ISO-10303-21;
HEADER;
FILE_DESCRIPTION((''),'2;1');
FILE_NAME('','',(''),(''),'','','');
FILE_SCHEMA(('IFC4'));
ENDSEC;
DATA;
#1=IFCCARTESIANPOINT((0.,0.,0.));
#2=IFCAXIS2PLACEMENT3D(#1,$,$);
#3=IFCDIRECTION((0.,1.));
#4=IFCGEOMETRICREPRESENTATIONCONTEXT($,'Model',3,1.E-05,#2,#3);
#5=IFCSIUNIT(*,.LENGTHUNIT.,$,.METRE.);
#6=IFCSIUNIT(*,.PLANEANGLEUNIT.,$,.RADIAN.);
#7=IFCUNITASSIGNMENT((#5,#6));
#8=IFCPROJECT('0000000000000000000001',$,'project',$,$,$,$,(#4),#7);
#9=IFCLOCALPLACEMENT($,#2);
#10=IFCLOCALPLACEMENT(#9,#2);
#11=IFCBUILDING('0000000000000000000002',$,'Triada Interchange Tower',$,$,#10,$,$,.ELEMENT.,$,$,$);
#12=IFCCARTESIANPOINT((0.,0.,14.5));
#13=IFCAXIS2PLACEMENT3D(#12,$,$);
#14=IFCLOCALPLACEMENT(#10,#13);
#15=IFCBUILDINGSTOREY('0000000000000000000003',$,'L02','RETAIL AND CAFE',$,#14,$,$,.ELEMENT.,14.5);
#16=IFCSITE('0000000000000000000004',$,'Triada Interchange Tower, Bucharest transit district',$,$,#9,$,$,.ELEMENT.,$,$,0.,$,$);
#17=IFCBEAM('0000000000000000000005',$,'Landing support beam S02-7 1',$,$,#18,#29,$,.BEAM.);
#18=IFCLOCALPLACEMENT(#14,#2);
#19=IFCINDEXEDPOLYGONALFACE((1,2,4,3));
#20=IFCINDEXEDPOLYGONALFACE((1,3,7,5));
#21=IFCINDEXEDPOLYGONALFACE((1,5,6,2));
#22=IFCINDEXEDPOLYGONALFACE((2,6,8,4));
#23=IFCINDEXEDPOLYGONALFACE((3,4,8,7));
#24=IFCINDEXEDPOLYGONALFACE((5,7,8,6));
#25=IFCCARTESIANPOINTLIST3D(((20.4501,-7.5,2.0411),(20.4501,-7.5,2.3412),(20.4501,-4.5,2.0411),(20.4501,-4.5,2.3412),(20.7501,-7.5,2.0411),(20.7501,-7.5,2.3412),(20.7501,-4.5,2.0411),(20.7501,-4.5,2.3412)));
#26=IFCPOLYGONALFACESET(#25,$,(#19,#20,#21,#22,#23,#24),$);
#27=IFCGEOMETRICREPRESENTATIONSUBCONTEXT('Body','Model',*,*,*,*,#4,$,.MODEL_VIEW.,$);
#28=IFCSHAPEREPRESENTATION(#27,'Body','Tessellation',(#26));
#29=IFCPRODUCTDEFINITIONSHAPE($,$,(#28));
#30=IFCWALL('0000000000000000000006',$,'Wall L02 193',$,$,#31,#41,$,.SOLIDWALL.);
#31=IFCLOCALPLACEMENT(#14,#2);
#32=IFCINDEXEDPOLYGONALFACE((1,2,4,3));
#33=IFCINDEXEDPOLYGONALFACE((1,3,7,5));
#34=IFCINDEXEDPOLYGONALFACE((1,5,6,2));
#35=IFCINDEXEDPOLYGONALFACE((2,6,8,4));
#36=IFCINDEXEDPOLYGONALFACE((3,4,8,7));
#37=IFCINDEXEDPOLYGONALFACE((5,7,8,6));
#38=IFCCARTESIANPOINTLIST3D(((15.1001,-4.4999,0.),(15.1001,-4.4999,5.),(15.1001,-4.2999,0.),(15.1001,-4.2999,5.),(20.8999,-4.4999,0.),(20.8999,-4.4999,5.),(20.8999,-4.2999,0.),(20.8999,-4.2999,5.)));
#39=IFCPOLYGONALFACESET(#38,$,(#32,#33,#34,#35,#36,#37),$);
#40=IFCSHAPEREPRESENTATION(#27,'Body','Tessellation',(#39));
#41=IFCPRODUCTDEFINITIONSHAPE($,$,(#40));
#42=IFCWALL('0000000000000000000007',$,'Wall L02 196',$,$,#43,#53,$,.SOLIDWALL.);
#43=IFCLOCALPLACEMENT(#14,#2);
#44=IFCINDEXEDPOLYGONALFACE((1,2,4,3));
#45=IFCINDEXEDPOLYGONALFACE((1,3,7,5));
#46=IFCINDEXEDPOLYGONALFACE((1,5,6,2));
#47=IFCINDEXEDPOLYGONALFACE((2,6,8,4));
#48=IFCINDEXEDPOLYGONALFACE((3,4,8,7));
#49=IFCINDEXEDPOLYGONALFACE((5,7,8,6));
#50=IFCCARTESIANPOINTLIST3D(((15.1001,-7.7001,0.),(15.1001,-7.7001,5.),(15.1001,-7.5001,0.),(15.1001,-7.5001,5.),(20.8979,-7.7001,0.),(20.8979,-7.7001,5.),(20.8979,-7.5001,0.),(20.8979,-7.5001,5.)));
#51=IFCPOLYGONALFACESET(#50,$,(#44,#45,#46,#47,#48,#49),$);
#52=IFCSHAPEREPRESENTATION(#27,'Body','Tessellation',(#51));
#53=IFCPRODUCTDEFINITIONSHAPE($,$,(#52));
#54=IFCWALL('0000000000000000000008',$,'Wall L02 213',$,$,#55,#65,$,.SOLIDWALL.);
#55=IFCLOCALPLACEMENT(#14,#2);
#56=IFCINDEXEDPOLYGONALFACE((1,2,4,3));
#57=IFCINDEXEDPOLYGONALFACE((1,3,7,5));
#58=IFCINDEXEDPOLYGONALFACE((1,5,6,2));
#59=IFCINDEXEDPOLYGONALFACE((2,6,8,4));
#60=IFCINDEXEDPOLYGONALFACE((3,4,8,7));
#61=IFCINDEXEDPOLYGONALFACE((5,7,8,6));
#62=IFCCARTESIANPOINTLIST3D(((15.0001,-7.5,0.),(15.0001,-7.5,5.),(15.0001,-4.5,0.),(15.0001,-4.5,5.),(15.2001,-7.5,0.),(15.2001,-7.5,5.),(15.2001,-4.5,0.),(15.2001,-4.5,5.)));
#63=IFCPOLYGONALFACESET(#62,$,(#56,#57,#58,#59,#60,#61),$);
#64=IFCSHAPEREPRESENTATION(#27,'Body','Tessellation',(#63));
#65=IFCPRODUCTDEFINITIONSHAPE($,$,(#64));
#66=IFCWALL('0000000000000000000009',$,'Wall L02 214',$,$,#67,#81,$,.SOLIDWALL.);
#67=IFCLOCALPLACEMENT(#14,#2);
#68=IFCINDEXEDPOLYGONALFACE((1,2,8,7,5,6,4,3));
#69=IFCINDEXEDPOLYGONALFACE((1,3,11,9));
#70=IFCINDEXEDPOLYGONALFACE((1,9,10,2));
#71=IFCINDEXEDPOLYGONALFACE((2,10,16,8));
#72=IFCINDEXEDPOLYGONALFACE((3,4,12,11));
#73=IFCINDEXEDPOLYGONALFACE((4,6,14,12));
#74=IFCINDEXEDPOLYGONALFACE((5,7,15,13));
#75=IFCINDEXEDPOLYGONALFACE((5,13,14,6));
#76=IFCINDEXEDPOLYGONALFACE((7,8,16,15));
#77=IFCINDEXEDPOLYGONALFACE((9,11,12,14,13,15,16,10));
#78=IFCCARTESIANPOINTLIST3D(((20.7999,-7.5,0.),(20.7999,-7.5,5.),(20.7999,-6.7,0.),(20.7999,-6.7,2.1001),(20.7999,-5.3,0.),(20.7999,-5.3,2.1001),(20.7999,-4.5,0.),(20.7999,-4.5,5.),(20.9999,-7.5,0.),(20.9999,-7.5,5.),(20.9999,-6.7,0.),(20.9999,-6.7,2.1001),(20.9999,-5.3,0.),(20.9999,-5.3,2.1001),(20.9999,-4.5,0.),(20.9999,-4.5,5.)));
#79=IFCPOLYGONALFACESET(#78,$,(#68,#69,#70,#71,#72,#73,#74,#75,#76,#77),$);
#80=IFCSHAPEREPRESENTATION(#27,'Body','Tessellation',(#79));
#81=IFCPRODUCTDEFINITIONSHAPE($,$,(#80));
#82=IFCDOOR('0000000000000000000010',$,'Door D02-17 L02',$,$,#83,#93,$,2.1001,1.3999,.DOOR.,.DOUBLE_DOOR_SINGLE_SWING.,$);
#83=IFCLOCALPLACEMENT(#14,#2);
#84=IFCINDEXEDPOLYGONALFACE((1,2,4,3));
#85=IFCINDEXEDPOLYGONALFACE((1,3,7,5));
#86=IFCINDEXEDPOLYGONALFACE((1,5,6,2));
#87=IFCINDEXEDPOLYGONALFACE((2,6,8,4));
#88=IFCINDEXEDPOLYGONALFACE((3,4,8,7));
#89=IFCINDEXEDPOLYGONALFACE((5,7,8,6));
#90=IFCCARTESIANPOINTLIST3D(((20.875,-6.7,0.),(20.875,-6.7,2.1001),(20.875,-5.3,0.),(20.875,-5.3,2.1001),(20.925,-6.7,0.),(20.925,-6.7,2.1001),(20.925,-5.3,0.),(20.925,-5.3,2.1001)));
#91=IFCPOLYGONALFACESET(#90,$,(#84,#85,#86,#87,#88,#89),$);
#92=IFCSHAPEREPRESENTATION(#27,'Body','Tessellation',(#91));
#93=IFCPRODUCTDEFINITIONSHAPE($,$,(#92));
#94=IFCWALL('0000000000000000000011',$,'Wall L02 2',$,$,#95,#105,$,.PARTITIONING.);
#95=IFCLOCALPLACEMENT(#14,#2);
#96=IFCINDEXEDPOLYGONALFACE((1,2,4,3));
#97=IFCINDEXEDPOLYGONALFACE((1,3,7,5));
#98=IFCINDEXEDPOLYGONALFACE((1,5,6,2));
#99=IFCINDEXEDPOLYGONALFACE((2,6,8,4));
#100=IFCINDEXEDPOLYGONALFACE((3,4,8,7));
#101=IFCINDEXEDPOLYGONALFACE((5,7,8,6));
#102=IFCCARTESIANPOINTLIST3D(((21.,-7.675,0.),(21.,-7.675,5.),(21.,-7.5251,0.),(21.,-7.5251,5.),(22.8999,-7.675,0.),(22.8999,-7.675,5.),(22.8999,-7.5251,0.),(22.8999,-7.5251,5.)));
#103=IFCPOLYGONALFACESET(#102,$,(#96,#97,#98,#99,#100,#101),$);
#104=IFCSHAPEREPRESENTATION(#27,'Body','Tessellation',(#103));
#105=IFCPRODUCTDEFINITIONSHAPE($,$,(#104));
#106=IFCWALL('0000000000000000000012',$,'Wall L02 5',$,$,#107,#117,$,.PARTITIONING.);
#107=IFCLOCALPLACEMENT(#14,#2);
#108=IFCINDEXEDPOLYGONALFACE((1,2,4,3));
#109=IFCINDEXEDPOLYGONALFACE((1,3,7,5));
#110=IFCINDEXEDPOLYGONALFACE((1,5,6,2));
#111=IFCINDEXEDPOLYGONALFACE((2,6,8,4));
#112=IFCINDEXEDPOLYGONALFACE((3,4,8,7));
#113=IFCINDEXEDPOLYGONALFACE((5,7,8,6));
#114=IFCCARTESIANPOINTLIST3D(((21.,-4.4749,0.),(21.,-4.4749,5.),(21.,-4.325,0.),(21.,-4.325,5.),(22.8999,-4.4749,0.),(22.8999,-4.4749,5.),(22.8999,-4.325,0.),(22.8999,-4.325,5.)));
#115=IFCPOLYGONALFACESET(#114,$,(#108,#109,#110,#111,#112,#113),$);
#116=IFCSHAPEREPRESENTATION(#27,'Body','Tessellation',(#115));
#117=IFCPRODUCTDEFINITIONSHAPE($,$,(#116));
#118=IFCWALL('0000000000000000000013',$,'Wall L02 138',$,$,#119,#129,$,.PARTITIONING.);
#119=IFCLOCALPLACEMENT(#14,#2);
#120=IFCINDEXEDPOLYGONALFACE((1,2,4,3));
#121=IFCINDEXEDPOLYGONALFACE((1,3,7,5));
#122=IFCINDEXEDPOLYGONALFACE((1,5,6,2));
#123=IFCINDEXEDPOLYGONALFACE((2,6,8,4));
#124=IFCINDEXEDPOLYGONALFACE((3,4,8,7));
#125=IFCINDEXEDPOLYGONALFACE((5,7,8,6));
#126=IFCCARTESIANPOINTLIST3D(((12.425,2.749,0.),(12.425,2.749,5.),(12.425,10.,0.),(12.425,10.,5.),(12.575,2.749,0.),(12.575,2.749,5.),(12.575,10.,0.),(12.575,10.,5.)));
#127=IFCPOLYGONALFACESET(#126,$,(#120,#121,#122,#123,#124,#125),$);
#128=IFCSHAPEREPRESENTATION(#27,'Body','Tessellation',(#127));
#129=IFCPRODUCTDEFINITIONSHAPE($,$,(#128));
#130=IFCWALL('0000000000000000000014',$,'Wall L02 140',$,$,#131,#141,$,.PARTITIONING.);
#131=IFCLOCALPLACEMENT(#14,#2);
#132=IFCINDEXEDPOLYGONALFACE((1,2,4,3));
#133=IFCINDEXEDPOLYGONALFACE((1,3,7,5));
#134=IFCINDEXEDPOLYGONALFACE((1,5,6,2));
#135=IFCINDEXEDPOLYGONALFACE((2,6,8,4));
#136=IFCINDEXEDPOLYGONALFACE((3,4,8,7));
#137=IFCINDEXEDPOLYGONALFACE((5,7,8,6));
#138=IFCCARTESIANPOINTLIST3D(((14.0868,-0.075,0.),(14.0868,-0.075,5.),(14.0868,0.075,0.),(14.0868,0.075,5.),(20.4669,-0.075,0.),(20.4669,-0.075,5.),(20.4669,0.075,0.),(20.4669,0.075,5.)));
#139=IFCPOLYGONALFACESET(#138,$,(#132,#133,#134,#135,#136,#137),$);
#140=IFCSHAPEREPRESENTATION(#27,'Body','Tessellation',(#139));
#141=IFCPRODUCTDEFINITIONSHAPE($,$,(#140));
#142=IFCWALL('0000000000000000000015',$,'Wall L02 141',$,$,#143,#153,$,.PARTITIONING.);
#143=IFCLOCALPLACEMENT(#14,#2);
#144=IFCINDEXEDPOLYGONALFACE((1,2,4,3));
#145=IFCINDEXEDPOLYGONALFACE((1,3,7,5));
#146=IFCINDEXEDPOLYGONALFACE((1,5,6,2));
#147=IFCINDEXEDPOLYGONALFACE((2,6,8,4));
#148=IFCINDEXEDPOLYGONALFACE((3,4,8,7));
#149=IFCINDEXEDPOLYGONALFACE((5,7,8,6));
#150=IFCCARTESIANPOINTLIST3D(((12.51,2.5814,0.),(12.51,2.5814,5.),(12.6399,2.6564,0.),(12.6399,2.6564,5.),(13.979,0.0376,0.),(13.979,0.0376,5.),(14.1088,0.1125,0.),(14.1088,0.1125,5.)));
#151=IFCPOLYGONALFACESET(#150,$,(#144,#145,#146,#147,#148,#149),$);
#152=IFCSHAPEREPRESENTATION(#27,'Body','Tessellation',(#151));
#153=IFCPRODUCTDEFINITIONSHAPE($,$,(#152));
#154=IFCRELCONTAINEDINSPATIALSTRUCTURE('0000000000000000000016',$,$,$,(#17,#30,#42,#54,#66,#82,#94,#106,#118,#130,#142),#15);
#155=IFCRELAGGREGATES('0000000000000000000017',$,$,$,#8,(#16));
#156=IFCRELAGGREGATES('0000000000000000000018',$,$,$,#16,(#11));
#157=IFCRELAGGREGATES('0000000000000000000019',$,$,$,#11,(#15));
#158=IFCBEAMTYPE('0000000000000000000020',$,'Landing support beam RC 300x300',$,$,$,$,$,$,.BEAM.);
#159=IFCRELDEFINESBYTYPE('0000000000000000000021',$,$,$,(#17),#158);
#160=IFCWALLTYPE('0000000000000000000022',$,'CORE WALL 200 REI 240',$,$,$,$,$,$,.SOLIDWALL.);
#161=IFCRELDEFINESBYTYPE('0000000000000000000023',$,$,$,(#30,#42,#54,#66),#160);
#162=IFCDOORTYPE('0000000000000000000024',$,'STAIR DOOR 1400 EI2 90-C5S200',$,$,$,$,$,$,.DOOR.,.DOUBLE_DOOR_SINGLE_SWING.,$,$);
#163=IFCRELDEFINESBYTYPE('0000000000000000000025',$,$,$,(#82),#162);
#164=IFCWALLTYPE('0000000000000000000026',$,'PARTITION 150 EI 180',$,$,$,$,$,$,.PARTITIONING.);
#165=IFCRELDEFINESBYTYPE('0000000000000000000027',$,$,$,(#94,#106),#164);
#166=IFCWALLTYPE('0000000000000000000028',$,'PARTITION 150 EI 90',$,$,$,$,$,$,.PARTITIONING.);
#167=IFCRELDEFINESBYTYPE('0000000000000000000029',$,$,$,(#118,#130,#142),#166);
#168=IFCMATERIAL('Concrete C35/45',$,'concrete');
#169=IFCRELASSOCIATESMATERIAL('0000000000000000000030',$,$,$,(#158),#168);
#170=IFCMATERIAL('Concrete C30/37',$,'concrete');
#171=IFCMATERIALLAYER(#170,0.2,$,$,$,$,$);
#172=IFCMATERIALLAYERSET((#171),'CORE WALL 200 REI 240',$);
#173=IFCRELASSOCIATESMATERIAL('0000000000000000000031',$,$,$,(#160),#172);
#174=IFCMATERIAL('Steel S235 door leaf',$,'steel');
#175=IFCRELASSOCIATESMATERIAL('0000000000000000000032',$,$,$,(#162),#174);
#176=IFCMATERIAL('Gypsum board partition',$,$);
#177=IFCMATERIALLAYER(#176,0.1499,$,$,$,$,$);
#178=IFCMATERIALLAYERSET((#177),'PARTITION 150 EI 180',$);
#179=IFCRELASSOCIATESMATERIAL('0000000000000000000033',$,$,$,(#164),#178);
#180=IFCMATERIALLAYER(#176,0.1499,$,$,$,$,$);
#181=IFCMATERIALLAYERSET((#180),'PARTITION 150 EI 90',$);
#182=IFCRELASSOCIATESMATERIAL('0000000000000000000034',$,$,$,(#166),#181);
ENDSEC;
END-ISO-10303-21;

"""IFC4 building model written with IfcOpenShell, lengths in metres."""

from ifc_helpers import new_model, si_unit, direction, frame, frame_2d, origin, origin_2d, place, context, subcontext, project, spatial, rectangle, extrude, material, layer, layer_set, material_profile, profile_set, type_object, element, fill, save


model = new_model("IFC4")

# Units and contexts
model_context = context("Model", 3, precision=1e-05, world=origin(), true_north=direction((0.0, 1.0)))
body_context = subcontext(model_context, "Body", "Model", "MODEL_VIEW")
ifc_project = project(units=[si_unit("LENGTHUNIT", "METRE"), si_unit("PLANEANGLEUNIT", "RADIAN")], contexts=[model_context])

# Site, building, storey
site_placement = place(None, origin())
site = spatial("IfcSite", under=ifc_project, at=site_placement, Name="Triada Interchange Tower, Bucharest transit district", CompositionType="ELEMENT", RefElevation=0.0)
building_placement = place(site_placement, origin())
building = spatial("IfcBuilding", under=site, at=building_placement, Name="Triada Interchange Tower", CompositionType="ELEMENT")
storey_placement = place(building_placement, frame((0.0, 0.0, 14.5)))
storey = spatial("IfcBuildingStorey", under=building, at=storey_placement, Name="L02", Description="RETAIL AND CAFE", CompositionType="ELEMENT", Elevation=14.5)

# Beam
ifc_material_1 = material(Name="Concrete C35/45", Category="concrete")
ifc_material_profile_1 = material_profile(ifc_material_1, rectangle(XDim=0.3, YDim=0.3, at=origin_2d()), Name="RC 300x300")
ifc_profile_set_1 = profile_set([ifc_material_profile_1], Name="Concrete C35/45")
beam_type_1 = type_object("IfcBeamType", Name="Landing support beam RC 300x300", PredefinedType="BEAM", material=ifc_profile_set_1)
beam_1_placement = place(storey_placement, frame((20.6001, -7.5, 2.1912), z_axis=(0.0, 1.0, 0.0), x_axis=(-1.0, 0.0, 0.0)))
element("IfcBeam", 1, at=beam_1_placement, inside=storey, type_object=beam_type_1, Name="Landing support beam S02-7 1", PredefinedType="BEAM", context=body_context, shape_type="SweptSolid", body=[
    extrude(rectangle(XDim=0.3, YDim=0.3, at=origin_2d()), origin(), (0.0, 0.0, 1.0), 3.0),
])

# Walls
ifc_material_2 = material(Name="Concrete C30/37", Category="concrete")
ifc_layer_1 = layer(ifc_material_2, 0.2)
ifc_layer_set_1 = layer_set([ifc_layer_1], Name="CORE WALL 200 REI 240")
wall_type_1 = type_object("IfcWallType", Name="CORE WALL 200 REI 240", PredefinedType="SOLIDWALL", material=ifc_layer_set_1)
wall_1_placement = place(storey_placement, frame((15.1001, -4.3999, 0.0), z_axis=(0.0, 0.0, 1.0), x_axis=(1.0, 0.0, 0.0)))
element("IfcWall", 2, at=wall_1_placement, inside=storey, type_object=wall_type_1, Name="Wall L02 193", PredefinedType="SOLIDWALL", context=body_context, shape_type="SweptSolid", body=[
    extrude(rectangle(XDim=5.7998, YDim=0.2, at=frame_2d((2.8999, 0.0))), origin(), (0.0, 0.0, 1.0), 5.0),
])
wall_2_placement = place(storey_placement, frame((15.1001, -7.6001, 0.0), z_axis=(0.0, 0.0, 1.0), x_axis=(1.0, 0.0, 0.0)))
element("IfcWall", 3, at=wall_2_placement, inside=storey, type_object=wall_type_1, Name="Wall L02 196", PredefinedType="SOLIDWALL", context=body_context, shape_type="SweptSolid", body=[
    extrude(rectangle(XDim=5.7979, YDim=0.2, at=frame_2d((2.8989, 0.0))), origin(), (0.0, 0.0, 1.0), 5.0),
])
wall_3_placement = place(storey_placement, frame((15.1001, -7.5, 0.0), z_axis=(0.0, 0.0, 1.0), x_axis=(0.0, 1.0, 0.0)))
element("IfcWall", 4, at=wall_3_placement, inside=storey, type_object=wall_type_1, Name="Wall L02 213", PredefinedType="SOLIDWALL", context=body_context, shape_type="SweptSolid", body=[
    extrude(rectangle(XDim=3.0, YDim=0.2, at=frame_2d((1.5, 0.0))), origin(), (0.0, 0.0, 1.0), 5.0),
])

# Wall, opening, door
wall_4_placement = place(storey_placement, frame((20.8999, -7.5, 0.0), z_axis=(0.0, 0.0, 1.0), x_axis=(0.0, 1.0, 0.0)))
wall_4 = element("IfcWall", 5, at=wall_4_placement, inside=storey, type_object=wall_type_1, Name="Wall L02 214", PredefinedType="SOLIDWALL", context=body_context, shape_type="SweptSolid", body=[
    extrude(rectangle(XDim=3.0, YDim=0.2, at=frame_2d((1.5, 0.0))), origin(), (0.0, 0.0, 1.0), 5.0),
])
opening_1_placement = place(wall_4_placement, frame((0.8, 0.0, 0.0)))
opening_1 = element("IfcOpeningElement", 6, at=opening_1_placement, cuts=wall_4, PredefinedType="OPENING", context=body_context, shape_type="SweptSolid", body=[
    extrude(rectangle(XDim=1.3999, YDim=2.1001, at=frame_2d((0.7, 1.05))), frame((0.0, 0.1099, 0.0), z_axis=(0.0, -1.0, 0.0), x_axis=(1.0, 0.0, 0.0)), (0.0, 0.0, 1.0), 0.22),
])
ifc_material_3 = material(Name="Steel S235 door leaf", Category="steel")
door_type_1 = type_object("IfcDoorType", Name="STAIR DOOR 1400 EI2 90-C5S200", OperationType="DOUBLE_DOOR_SINGLE_SWING", PredefinedType="DOOR", material=ifc_material_3)
door_1_placement = place(opening_1_placement, origin())
door_1 = element("IfcDoor", 7, at=door_1_placement, inside=storey, type_object=door_type_1, Name="Door D02-17 L02", OperationType="DOUBLE_DOOR_SINGLE_SWING", OverallHeight=2.1001, OverallWidth=1.3999, PredefinedType="DOOR", context=body_context, shape_type="SweptSolid", body=[
    extrude(rectangle(XDim=1.3999, YDim=2.1001, at=frame_2d((0.7, 1.05))), frame((0.0, 0.0249, 0.0), z_axis=(0.0, -1.0, 0.0), x_axis=(1.0, 0.0, 0.0)), (0.0, 0.0, 1.0), 0.05),
])
fill(opening_1, door_1)

# Walls
ifc_material_4 = material(Name="Gypsum board partition")
ifc_layer_2 = layer(ifc_material_4, 0.1499)
ifc_layer_set_2 = layer_set([ifc_layer_2], Name="PARTITION 150 EI 180")
wall_type_2 = type_object("IfcWallType", Name="PARTITION 150 EI 180", PredefinedType="PARTITIONING", material=ifc_layer_set_2)
for number, where, z_axis, x_axis, name in (
    (8, (21.0, -7.6001, 0.0), (0.0, 0.0, 1.0), (1.0, 0.0, 0.0), "Wall L02 2"),
    (9, (21.0, -4.3999, 0.0), (0.0, 0.0, 1.0), (1.0, 0.0, 0.0), "Wall L02 5"),
):
    element("IfcWall", number, at=place(storey_placement, frame(where, z_axis=z_axis, x_axis=x_axis)), inside=storey, type_object=wall_type_2, Name=name, PredefinedType="PARTITIONING", context=body_context, shape_type="SweptSolid", body=[
        extrude(rectangle(XDim=1.8999, YDim=0.1499, at=frame_2d((0.95, 0.0))), origin(), (0.0, 0.0, 1.0), 5.0),
    ])
ifc_layer_3 = layer(ifc_material_4, 0.1499)
ifc_layer_set_3 = layer_set([ifc_layer_3], Name="PARTITION 150 EI 90")
wall_type_3 = type_object("IfcWallType", Name="PARTITION 150 EI 90", PredefinedType="PARTITIONING", material=ifc_layer_set_3)
wall_5_placement = place(storey_placement, frame((12.5, 2.749, 0.0), z_axis=(0.0, 0.0, 1.0), x_axis=(0.0, 1.0, 0.0)))
element("IfcWall", 10, at=wall_5_placement, inside=storey, type_object=wall_type_3, Name="Wall L02 138", PredefinedType="PARTITIONING", context=body_context, shape_type="SweptSolid", body=[
    extrude(rectangle(XDim=7.251, YDim=0.1499, at=frame_2d((3.6255, 0.0))), origin(), (0.0, 0.0, 1.0), 5.0),
])
wall_6_placement = place(storey_placement, frame((14.0869, 0.0, 0.0), z_axis=(0.0, 0.0, 1.0), x_axis=(1.0, 0.0, 0.0)))
element("IfcWall", 11, at=wall_6_placement, inside=storey, type_object=wall_type_3, Name="Wall L02 140", PredefinedType="PARTITIONING", context=body_context, shape_type="SweptSolid", body=[
    extrude(rectangle(XDim=6.3801, YDim=0.1499, at=frame_2d((3.1899, 0.0))), origin(), (0.0, 0.0, 1.0), 5.0),
])
wall_7_placement = place(storey_placement, frame((12.575, 2.6189, 0.0), z_axis=(0.0, 0.0, 1.0), x_axis=(0.500063, -0.865989, 0.0)))
element("IfcWall", 12, at=wall_7_placement, inside=storey, type_object=wall_type_3, Name="Wall L02 141", PredefinedType="PARTITIONING", context=body_context, shape_type="SweptSolid", body=[
    extrude(rectangle(XDim=2.9375, YDim=0.1499, at=frame_2d((1.4688, 0.0))), origin(), (0.0, 0.0, 1.0), 5.0),
])

save(model, "model.ifc")
